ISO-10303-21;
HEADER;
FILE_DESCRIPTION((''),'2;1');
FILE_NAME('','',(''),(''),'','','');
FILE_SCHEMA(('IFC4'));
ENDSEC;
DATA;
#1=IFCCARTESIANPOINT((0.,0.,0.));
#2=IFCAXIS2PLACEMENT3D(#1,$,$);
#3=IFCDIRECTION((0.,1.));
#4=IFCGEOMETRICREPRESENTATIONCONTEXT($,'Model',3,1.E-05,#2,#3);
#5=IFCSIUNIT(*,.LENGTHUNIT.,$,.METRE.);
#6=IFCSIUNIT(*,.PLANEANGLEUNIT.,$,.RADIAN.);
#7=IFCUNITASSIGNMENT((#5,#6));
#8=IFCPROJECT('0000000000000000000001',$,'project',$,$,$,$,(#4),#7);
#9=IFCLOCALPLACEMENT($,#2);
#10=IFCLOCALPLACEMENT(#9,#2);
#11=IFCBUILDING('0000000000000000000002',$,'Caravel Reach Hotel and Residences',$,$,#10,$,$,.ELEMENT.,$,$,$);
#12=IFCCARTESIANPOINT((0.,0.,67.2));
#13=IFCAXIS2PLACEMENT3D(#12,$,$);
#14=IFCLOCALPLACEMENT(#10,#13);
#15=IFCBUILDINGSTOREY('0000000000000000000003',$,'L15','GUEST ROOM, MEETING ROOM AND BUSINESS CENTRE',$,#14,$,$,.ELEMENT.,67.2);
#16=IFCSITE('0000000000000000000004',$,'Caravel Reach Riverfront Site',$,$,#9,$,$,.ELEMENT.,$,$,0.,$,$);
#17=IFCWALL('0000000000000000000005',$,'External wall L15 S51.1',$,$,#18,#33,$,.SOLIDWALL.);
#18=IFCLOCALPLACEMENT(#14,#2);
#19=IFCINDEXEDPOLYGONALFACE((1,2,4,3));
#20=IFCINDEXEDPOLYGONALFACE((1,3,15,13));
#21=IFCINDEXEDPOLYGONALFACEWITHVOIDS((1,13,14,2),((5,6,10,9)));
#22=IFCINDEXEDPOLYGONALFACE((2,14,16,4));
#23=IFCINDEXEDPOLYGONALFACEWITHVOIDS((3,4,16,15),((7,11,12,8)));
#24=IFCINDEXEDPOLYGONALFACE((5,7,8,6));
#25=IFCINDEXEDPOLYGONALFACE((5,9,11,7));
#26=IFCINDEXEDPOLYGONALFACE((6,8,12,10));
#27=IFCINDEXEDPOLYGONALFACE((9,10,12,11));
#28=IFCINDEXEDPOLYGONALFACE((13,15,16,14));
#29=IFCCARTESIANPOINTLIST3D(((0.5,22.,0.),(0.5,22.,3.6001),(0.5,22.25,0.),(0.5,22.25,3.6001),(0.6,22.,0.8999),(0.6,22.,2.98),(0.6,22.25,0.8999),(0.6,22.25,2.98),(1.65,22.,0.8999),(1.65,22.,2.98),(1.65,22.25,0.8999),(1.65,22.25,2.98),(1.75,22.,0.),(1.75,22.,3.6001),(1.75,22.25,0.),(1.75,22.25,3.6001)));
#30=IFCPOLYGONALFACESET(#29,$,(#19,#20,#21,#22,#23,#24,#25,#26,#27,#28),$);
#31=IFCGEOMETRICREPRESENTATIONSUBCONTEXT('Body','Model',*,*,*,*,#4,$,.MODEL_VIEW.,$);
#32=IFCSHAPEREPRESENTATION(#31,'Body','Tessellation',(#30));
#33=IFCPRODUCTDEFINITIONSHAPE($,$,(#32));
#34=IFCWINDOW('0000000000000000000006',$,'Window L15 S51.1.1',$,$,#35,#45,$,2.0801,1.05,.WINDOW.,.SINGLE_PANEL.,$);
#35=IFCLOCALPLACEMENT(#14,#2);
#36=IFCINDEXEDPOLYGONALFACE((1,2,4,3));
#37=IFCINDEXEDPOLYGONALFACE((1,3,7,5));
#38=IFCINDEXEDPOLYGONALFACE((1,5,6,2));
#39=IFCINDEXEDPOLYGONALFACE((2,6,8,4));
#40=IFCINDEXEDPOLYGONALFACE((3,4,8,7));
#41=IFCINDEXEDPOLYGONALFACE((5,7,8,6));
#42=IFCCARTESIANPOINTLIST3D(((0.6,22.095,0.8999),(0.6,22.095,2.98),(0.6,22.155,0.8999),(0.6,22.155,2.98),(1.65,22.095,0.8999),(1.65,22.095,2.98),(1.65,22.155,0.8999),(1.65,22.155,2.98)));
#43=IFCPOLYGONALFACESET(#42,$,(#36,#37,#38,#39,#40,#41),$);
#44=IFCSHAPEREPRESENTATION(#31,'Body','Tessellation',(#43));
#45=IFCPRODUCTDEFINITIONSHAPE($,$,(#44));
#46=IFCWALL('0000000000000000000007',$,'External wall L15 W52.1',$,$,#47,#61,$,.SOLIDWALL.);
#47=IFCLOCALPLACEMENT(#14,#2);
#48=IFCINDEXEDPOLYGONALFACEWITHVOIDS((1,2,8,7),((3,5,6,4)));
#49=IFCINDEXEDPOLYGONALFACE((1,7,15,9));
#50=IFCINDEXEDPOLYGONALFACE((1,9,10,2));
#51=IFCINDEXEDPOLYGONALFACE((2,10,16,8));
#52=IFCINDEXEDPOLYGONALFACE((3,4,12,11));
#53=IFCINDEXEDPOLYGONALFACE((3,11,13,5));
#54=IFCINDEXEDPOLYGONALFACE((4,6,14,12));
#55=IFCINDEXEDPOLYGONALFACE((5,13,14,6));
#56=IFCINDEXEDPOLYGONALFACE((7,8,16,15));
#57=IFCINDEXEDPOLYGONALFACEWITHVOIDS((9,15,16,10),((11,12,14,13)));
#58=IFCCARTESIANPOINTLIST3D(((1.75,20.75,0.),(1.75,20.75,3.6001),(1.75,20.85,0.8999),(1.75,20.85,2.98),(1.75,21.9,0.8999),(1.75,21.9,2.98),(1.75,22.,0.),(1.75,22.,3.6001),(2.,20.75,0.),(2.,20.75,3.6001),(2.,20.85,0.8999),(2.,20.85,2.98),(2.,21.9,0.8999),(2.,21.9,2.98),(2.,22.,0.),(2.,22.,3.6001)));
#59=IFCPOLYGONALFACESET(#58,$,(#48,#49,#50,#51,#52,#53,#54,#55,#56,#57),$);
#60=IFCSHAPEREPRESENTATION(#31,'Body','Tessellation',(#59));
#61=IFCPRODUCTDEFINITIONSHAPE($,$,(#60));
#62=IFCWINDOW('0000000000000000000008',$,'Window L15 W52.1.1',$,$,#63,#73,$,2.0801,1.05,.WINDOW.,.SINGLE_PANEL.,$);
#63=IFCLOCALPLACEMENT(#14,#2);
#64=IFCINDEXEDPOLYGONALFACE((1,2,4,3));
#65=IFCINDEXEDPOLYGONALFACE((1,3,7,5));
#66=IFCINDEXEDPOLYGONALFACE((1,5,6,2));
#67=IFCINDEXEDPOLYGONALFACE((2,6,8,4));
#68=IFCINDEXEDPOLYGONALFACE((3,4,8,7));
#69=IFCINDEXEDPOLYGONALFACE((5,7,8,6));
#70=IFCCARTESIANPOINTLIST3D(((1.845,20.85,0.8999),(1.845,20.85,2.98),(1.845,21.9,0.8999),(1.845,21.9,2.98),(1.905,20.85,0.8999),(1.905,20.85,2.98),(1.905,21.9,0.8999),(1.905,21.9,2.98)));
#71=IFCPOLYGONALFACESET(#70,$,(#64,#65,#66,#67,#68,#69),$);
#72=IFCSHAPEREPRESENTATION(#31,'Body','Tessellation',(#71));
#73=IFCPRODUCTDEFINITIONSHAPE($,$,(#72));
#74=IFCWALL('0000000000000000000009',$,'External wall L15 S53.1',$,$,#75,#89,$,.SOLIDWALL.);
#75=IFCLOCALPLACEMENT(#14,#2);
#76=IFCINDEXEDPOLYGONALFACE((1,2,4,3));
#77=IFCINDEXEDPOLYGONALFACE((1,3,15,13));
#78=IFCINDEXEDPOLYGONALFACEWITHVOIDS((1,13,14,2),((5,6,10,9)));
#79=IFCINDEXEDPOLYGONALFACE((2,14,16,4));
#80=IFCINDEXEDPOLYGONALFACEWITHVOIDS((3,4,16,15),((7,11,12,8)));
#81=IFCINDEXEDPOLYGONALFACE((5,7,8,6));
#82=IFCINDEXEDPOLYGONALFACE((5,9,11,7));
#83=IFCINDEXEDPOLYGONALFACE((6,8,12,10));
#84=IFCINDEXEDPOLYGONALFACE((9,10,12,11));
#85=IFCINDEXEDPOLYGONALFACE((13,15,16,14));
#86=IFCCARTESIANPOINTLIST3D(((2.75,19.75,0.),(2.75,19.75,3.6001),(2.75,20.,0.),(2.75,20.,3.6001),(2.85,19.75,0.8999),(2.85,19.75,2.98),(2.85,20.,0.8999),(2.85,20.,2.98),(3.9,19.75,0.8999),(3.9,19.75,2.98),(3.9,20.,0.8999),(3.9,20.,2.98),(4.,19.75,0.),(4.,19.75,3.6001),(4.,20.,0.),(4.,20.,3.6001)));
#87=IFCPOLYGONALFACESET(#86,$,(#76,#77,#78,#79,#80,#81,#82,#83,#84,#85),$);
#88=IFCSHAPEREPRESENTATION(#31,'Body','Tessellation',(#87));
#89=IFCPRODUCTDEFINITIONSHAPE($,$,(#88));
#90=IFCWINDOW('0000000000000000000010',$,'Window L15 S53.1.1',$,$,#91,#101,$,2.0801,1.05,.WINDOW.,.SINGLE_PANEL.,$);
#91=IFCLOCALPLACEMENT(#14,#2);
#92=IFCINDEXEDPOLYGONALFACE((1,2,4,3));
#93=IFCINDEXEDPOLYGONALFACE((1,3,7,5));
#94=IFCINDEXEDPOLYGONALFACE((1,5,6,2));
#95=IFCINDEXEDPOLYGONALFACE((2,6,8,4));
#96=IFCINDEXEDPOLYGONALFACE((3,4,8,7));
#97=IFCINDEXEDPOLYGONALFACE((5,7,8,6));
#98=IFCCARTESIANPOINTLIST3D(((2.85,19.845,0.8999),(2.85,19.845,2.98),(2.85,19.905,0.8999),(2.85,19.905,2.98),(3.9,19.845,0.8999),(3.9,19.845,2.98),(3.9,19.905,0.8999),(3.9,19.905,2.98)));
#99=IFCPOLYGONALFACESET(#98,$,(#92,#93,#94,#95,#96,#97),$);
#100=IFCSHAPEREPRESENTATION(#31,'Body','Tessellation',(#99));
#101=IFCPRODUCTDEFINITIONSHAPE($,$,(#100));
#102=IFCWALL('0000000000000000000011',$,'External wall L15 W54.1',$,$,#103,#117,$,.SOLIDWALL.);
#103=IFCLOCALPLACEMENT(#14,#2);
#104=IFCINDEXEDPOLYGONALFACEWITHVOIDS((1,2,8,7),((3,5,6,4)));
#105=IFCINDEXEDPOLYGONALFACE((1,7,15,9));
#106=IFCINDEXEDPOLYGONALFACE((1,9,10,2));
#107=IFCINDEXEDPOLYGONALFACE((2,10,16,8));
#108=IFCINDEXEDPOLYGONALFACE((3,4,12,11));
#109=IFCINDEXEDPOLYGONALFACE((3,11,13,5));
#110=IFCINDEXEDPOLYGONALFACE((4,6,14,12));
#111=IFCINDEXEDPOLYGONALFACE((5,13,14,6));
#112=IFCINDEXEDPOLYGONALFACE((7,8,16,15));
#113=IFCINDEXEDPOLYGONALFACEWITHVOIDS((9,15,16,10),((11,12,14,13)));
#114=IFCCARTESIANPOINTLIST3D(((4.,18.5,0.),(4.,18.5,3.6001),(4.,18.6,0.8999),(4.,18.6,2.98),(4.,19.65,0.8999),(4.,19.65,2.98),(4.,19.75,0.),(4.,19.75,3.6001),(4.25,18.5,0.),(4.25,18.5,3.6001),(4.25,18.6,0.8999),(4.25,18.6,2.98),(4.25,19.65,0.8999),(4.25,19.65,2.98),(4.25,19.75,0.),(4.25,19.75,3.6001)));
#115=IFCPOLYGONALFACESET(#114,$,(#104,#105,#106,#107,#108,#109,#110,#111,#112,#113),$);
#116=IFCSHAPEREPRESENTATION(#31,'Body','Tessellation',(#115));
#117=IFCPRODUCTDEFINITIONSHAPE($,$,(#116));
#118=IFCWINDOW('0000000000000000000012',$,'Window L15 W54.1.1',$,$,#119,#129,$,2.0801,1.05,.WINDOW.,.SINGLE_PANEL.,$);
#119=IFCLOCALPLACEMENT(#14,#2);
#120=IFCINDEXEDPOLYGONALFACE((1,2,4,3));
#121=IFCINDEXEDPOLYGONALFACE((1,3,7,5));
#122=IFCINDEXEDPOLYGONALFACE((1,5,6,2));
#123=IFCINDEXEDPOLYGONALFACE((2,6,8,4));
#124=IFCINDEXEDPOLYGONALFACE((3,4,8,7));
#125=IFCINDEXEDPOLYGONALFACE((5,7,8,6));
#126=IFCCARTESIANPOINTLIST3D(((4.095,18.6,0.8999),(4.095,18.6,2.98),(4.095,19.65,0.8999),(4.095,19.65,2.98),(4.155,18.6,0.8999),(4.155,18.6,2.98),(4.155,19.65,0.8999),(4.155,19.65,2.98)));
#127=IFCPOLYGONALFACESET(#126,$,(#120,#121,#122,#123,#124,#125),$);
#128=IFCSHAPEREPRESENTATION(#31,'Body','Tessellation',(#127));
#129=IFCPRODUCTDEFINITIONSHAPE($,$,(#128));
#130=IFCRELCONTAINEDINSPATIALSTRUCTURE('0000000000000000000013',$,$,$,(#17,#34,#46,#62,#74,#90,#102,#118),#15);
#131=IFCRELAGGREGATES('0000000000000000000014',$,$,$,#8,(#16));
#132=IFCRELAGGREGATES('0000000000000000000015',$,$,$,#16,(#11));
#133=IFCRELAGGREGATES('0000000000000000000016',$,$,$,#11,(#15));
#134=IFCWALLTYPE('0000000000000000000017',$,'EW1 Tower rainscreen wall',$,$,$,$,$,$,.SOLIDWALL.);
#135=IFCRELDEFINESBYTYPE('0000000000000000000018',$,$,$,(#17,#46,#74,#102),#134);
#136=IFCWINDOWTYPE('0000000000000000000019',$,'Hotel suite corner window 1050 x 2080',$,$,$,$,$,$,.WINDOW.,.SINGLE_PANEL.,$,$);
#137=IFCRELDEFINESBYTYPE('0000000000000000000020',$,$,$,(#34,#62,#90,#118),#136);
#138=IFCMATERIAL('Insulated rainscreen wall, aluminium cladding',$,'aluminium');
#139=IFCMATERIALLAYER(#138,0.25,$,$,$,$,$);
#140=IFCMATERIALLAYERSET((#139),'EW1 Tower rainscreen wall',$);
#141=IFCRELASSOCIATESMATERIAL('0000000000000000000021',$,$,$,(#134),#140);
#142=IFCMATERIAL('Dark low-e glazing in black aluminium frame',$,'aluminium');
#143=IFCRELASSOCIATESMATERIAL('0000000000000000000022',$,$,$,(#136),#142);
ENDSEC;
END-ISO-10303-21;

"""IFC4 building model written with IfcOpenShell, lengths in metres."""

from ifc_helpers import new_model, si_unit, direction, frame, frame_2d, origin, place, context, subcontext, project, spatial, rectangle, extrude, material, layer, layer_set, type_object, element, fill, save


model = new_model("IFC4")

# Units and contexts
model_context = context("Model", 3, precision=1e-05, world=origin(), true_north=direction((0.0, 1.0)))
body_context = subcontext(model_context, "Body", "Model", "MODEL_VIEW")
ifc_project = project(units=[si_unit("LENGTHUNIT", "METRE"), si_unit("PLANEANGLEUNIT", "RADIAN")], contexts=[model_context])

# Site, building, storey
site_placement = place(None, origin())
site = spatial("IfcSite", under=ifc_project, at=site_placement, Name="Caravel Reach Riverfront Site", CompositionType="ELEMENT", RefElevation=0.0)
building_placement = place(site_placement, origin())
building = spatial("IfcBuilding", under=site, at=building_placement, Name="Caravel Reach Hotel and Residences", CompositionType="ELEMENT")
storey_placement = place(building_placement, frame((0.0, 0.0, 67.2)))
storey = spatial("IfcBuildingStorey", under=building, at=storey_placement, Name="L15", Description="GUEST ROOM, MEETING ROOM AND BUSINESS CENTRE", CompositionType="ELEMENT", Elevation=67.2)

# Walls, openings, windows
ifc_material_1 = material(Name="Insulated rainscreen wall, aluminium cladding", Category="aluminium")
ifc_layer = layer(ifc_material_1, 0.25)
ifc_layer_set = layer_set([ifc_layer], Name="EW1 Tower rainscreen wall")
wall_type = type_object("IfcWallType", Name="EW1 Tower rainscreen wall", PredefinedType="SOLIDWALL", material=ifc_layer_set)
wall_1_placement = place(storey_placement, frame((0.5, 22.125, 0.0), z_axis=(0.0, 0.0, 1.0), x_axis=(1.0, 0.0, 0.0)))
wall_1 = element("IfcWall", 1, at=wall_1_placement, inside=storey, type_object=wall_type, Name="External wall L15 S51.1", PredefinedType="SOLIDWALL", context=body_context, shape_type="SweptSolid", body=[
    extrude(rectangle(XDim=1.25, YDim=0.25, at=frame_2d((0.625, 0.0))), origin(), (0.0, 0.0, 1.0), 3.6001),
])
opening_1_placement = place(wall_1_placement, frame((0.1001, 0.0, 0.8999)))
opening_1 = element("IfcOpeningElement", 2, at=opening_1_placement, cuts=wall_1, PredefinedType="OPENING", context=body_context, shape_type="SweptSolid", body=[
    extrude(rectangle(XDim=1.05, YDim=2.0801, at=frame_2d((0.5249, 1.04))), frame((0.0, 0.135, 0.0), z_axis=(0.0, -1.0, 0.0), x_axis=(1.0, 0.0, 0.0)), (0.0, 0.0, 1.0), 0.27),
])
ifc_material_2 = material(Name="Dark low-e glazing in black aluminium frame", Category="aluminium")
window_type = type_object("IfcWindowType", Name="Hotel suite corner window 1050 x 2080", PartitioningType="SINGLE_PANEL", PredefinedType="WINDOW", material=ifc_material_2)
window_1_placement = place(opening_1_placement, origin())
window_1 = element("IfcWindow", 3, at=window_1_placement, inside=storey, type_object=window_type, Name="Window L15 S51.1.1", OverallHeight=2.0801, OverallWidth=1.05, PartitioningType="SINGLE_PANEL", PredefinedType="WINDOW", context=body_context, shape_type="SweptSolid", body=[
    extrude(rectangle(XDim=1.05, YDim=2.0801, at=frame_2d((0.5249, 1.04))), frame((0.0, 0.03, 0.0), z_axis=(0.0, -1.0, 0.0), x_axis=(1.0, 0.0, 0.0)), (0.0, 0.0, 1.0), 0.0601),
])
fill(opening_1, window_1)
wall_2_placement = place(storey_placement, frame((1.875, 22.0, 0.0), z_axis=(0.0, 0.0, 1.0), x_axis=(0.0, -1.0, 0.0)))
wall_2 = element("IfcWall", 4, at=wall_2_placement, inside=storey, type_object=wall_type, Name="External wall L15 W52.1", PredefinedType="SOLIDWALL", context=body_context, shape_type="SweptSolid", body=[
    extrude(rectangle(XDim=1.25, YDim=0.25, at=frame_2d((0.625, 0.0))), origin(), (0.0, 0.0, 1.0), 3.6001),
])
opening_2_placement = place(wall_2_placement, frame((0.1001, 0.0, 0.8999)))
opening_2 = element("IfcOpeningElement", 5, at=opening_2_placement, cuts=wall_2, PredefinedType="OPENING", context=body_context, shape_type="SweptSolid", body=[
    extrude(rectangle(XDim=1.05, YDim=2.0801, at=frame_2d((0.5249, 1.04))), frame((0.0, 0.135, 0.0), z_axis=(0.0, -1.0, 0.0), x_axis=(1.0, 0.0, 0.0)), (0.0, 0.0, 1.0), 0.27),
])
window_2_placement = place(opening_2_placement, origin())
window_2 = element("IfcWindow", 6, at=window_2_placement, inside=storey, type_object=window_type, Name="Window L15 W52.1.1", OverallHeight=2.0801, OverallWidth=1.05, PartitioningType="SINGLE_PANEL", PredefinedType="WINDOW", context=body_context, shape_type="SweptSolid", body=[
    extrude(rectangle(XDim=1.05, YDim=2.0801, at=frame_2d((0.5249, 1.04))), frame((0.0, 0.03, 0.0), z_axis=(0.0, -1.0, 0.0), x_axis=(1.0, 0.0, 0.0)), (0.0, 0.0, 1.0), 0.0601),
])
fill(opening_2, window_2)
wall_3_placement = place(storey_placement, frame((2.75, 19.875, 0.0), z_axis=(0.0, 0.0, 1.0), x_axis=(1.0, 0.0, 0.0)))
wall_3 = element("IfcWall", 7, at=wall_3_placement, inside=storey, type_object=wall_type, Name="External wall L15 S53.1", PredefinedType="SOLIDWALL", context=body_context, shape_type="SweptSolid", body=[
    extrude(rectangle(XDim=1.25, YDim=0.25, at=frame_2d((0.625, 0.0))), origin(), (0.0, 0.0, 1.0), 3.6001),
])
opening_3_placement = place(wall_3_placement, frame((0.1001, 0.0, 0.8999)))
opening_3 = element("IfcOpeningElement", 8, at=opening_3_placement, cuts=wall_3, PredefinedType="OPENING", context=body_context, shape_type="SweptSolid", body=[
    extrude(rectangle(XDim=1.05, YDim=2.0801, at=frame_2d((0.5249, 1.04))), frame((0.0, 0.135, 0.0), z_axis=(0.0, -1.0, 0.0), x_axis=(1.0, 0.0, 0.0)), (0.0, 0.0, 1.0), 0.27),
])
window_3_placement = place(opening_3_placement, origin())
window_3 = element("IfcWindow", 9, at=window_3_placement, inside=storey, type_object=window_type, Name="Window L15 S53.1.1", OverallHeight=2.0801, OverallWidth=1.05, PartitioningType="SINGLE_PANEL", PredefinedType="WINDOW", context=body_context, shape_type="SweptSolid", body=[
    extrude(rectangle(XDim=1.05, YDim=2.0801, at=frame_2d((0.5249, 1.04))), frame((0.0, 0.03, 0.0), z_axis=(0.0, -1.0, 0.0), x_axis=(1.0, 0.0, 0.0)), (0.0, 0.0, 1.0), 0.0601),
])
fill(opening_3, window_3)
wall_4_placement = place(storey_placement, frame((4.125, 19.75, 0.0), z_axis=(0.0, 0.0, 1.0), x_axis=(0.0, -1.0, 0.0)))
wall_4 = element("IfcWall", 10, at=wall_4_placement, inside=storey, type_object=wall_type, Name="External wall L15 W54.1", PredefinedType="SOLIDWALL", context=body_context, shape_type="SweptSolid", body=[
    extrude(rectangle(XDim=1.25, YDim=0.25, at=frame_2d((0.625, 0.0))), origin(), (0.0, 0.0, 1.0), 3.6001),
])
opening_4_placement = place(wall_4_placement, frame((0.1001, 0.0, 0.8999)))
opening_4 = element("IfcOpeningElement", 11, at=opening_4_placement, cuts=wall_4, PredefinedType="OPENING", context=body_context, shape_type="SweptSolid", body=[
    extrude(rectangle(XDim=1.05, YDim=2.0801, at=frame_2d((0.5249, 1.04))), frame((0.0, 0.135, 0.0), z_axis=(0.0, -1.0, 0.0), x_axis=(1.0, 0.0, 0.0)), (0.0, 0.0, 1.0), 0.27),
])
window_4_placement = place(opening_4_placement, origin())
window_4 = element("IfcWindow", 12, at=window_4_placement, inside=storey, type_object=window_type, Name="Window L15 W54.1.1", OverallHeight=2.0801, OverallWidth=1.05, PartitioningType="SINGLE_PANEL", PredefinedType="WINDOW", context=body_context, shape_type="SweptSolid", body=[
    extrude(rectangle(XDim=1.05, YDim=2.0801, at=frame_2d((0.5249, 1.04))), frame((0.0, 0.03, 0.0), z_axis=(0.0, -1.0, 0.0), x_axis=(1.0, 0.0, 0.0)), (0.0, 0.0, 1.0), 0.0601),
])
fill(opening_4, window_4)

save(model, "model.ifc")
